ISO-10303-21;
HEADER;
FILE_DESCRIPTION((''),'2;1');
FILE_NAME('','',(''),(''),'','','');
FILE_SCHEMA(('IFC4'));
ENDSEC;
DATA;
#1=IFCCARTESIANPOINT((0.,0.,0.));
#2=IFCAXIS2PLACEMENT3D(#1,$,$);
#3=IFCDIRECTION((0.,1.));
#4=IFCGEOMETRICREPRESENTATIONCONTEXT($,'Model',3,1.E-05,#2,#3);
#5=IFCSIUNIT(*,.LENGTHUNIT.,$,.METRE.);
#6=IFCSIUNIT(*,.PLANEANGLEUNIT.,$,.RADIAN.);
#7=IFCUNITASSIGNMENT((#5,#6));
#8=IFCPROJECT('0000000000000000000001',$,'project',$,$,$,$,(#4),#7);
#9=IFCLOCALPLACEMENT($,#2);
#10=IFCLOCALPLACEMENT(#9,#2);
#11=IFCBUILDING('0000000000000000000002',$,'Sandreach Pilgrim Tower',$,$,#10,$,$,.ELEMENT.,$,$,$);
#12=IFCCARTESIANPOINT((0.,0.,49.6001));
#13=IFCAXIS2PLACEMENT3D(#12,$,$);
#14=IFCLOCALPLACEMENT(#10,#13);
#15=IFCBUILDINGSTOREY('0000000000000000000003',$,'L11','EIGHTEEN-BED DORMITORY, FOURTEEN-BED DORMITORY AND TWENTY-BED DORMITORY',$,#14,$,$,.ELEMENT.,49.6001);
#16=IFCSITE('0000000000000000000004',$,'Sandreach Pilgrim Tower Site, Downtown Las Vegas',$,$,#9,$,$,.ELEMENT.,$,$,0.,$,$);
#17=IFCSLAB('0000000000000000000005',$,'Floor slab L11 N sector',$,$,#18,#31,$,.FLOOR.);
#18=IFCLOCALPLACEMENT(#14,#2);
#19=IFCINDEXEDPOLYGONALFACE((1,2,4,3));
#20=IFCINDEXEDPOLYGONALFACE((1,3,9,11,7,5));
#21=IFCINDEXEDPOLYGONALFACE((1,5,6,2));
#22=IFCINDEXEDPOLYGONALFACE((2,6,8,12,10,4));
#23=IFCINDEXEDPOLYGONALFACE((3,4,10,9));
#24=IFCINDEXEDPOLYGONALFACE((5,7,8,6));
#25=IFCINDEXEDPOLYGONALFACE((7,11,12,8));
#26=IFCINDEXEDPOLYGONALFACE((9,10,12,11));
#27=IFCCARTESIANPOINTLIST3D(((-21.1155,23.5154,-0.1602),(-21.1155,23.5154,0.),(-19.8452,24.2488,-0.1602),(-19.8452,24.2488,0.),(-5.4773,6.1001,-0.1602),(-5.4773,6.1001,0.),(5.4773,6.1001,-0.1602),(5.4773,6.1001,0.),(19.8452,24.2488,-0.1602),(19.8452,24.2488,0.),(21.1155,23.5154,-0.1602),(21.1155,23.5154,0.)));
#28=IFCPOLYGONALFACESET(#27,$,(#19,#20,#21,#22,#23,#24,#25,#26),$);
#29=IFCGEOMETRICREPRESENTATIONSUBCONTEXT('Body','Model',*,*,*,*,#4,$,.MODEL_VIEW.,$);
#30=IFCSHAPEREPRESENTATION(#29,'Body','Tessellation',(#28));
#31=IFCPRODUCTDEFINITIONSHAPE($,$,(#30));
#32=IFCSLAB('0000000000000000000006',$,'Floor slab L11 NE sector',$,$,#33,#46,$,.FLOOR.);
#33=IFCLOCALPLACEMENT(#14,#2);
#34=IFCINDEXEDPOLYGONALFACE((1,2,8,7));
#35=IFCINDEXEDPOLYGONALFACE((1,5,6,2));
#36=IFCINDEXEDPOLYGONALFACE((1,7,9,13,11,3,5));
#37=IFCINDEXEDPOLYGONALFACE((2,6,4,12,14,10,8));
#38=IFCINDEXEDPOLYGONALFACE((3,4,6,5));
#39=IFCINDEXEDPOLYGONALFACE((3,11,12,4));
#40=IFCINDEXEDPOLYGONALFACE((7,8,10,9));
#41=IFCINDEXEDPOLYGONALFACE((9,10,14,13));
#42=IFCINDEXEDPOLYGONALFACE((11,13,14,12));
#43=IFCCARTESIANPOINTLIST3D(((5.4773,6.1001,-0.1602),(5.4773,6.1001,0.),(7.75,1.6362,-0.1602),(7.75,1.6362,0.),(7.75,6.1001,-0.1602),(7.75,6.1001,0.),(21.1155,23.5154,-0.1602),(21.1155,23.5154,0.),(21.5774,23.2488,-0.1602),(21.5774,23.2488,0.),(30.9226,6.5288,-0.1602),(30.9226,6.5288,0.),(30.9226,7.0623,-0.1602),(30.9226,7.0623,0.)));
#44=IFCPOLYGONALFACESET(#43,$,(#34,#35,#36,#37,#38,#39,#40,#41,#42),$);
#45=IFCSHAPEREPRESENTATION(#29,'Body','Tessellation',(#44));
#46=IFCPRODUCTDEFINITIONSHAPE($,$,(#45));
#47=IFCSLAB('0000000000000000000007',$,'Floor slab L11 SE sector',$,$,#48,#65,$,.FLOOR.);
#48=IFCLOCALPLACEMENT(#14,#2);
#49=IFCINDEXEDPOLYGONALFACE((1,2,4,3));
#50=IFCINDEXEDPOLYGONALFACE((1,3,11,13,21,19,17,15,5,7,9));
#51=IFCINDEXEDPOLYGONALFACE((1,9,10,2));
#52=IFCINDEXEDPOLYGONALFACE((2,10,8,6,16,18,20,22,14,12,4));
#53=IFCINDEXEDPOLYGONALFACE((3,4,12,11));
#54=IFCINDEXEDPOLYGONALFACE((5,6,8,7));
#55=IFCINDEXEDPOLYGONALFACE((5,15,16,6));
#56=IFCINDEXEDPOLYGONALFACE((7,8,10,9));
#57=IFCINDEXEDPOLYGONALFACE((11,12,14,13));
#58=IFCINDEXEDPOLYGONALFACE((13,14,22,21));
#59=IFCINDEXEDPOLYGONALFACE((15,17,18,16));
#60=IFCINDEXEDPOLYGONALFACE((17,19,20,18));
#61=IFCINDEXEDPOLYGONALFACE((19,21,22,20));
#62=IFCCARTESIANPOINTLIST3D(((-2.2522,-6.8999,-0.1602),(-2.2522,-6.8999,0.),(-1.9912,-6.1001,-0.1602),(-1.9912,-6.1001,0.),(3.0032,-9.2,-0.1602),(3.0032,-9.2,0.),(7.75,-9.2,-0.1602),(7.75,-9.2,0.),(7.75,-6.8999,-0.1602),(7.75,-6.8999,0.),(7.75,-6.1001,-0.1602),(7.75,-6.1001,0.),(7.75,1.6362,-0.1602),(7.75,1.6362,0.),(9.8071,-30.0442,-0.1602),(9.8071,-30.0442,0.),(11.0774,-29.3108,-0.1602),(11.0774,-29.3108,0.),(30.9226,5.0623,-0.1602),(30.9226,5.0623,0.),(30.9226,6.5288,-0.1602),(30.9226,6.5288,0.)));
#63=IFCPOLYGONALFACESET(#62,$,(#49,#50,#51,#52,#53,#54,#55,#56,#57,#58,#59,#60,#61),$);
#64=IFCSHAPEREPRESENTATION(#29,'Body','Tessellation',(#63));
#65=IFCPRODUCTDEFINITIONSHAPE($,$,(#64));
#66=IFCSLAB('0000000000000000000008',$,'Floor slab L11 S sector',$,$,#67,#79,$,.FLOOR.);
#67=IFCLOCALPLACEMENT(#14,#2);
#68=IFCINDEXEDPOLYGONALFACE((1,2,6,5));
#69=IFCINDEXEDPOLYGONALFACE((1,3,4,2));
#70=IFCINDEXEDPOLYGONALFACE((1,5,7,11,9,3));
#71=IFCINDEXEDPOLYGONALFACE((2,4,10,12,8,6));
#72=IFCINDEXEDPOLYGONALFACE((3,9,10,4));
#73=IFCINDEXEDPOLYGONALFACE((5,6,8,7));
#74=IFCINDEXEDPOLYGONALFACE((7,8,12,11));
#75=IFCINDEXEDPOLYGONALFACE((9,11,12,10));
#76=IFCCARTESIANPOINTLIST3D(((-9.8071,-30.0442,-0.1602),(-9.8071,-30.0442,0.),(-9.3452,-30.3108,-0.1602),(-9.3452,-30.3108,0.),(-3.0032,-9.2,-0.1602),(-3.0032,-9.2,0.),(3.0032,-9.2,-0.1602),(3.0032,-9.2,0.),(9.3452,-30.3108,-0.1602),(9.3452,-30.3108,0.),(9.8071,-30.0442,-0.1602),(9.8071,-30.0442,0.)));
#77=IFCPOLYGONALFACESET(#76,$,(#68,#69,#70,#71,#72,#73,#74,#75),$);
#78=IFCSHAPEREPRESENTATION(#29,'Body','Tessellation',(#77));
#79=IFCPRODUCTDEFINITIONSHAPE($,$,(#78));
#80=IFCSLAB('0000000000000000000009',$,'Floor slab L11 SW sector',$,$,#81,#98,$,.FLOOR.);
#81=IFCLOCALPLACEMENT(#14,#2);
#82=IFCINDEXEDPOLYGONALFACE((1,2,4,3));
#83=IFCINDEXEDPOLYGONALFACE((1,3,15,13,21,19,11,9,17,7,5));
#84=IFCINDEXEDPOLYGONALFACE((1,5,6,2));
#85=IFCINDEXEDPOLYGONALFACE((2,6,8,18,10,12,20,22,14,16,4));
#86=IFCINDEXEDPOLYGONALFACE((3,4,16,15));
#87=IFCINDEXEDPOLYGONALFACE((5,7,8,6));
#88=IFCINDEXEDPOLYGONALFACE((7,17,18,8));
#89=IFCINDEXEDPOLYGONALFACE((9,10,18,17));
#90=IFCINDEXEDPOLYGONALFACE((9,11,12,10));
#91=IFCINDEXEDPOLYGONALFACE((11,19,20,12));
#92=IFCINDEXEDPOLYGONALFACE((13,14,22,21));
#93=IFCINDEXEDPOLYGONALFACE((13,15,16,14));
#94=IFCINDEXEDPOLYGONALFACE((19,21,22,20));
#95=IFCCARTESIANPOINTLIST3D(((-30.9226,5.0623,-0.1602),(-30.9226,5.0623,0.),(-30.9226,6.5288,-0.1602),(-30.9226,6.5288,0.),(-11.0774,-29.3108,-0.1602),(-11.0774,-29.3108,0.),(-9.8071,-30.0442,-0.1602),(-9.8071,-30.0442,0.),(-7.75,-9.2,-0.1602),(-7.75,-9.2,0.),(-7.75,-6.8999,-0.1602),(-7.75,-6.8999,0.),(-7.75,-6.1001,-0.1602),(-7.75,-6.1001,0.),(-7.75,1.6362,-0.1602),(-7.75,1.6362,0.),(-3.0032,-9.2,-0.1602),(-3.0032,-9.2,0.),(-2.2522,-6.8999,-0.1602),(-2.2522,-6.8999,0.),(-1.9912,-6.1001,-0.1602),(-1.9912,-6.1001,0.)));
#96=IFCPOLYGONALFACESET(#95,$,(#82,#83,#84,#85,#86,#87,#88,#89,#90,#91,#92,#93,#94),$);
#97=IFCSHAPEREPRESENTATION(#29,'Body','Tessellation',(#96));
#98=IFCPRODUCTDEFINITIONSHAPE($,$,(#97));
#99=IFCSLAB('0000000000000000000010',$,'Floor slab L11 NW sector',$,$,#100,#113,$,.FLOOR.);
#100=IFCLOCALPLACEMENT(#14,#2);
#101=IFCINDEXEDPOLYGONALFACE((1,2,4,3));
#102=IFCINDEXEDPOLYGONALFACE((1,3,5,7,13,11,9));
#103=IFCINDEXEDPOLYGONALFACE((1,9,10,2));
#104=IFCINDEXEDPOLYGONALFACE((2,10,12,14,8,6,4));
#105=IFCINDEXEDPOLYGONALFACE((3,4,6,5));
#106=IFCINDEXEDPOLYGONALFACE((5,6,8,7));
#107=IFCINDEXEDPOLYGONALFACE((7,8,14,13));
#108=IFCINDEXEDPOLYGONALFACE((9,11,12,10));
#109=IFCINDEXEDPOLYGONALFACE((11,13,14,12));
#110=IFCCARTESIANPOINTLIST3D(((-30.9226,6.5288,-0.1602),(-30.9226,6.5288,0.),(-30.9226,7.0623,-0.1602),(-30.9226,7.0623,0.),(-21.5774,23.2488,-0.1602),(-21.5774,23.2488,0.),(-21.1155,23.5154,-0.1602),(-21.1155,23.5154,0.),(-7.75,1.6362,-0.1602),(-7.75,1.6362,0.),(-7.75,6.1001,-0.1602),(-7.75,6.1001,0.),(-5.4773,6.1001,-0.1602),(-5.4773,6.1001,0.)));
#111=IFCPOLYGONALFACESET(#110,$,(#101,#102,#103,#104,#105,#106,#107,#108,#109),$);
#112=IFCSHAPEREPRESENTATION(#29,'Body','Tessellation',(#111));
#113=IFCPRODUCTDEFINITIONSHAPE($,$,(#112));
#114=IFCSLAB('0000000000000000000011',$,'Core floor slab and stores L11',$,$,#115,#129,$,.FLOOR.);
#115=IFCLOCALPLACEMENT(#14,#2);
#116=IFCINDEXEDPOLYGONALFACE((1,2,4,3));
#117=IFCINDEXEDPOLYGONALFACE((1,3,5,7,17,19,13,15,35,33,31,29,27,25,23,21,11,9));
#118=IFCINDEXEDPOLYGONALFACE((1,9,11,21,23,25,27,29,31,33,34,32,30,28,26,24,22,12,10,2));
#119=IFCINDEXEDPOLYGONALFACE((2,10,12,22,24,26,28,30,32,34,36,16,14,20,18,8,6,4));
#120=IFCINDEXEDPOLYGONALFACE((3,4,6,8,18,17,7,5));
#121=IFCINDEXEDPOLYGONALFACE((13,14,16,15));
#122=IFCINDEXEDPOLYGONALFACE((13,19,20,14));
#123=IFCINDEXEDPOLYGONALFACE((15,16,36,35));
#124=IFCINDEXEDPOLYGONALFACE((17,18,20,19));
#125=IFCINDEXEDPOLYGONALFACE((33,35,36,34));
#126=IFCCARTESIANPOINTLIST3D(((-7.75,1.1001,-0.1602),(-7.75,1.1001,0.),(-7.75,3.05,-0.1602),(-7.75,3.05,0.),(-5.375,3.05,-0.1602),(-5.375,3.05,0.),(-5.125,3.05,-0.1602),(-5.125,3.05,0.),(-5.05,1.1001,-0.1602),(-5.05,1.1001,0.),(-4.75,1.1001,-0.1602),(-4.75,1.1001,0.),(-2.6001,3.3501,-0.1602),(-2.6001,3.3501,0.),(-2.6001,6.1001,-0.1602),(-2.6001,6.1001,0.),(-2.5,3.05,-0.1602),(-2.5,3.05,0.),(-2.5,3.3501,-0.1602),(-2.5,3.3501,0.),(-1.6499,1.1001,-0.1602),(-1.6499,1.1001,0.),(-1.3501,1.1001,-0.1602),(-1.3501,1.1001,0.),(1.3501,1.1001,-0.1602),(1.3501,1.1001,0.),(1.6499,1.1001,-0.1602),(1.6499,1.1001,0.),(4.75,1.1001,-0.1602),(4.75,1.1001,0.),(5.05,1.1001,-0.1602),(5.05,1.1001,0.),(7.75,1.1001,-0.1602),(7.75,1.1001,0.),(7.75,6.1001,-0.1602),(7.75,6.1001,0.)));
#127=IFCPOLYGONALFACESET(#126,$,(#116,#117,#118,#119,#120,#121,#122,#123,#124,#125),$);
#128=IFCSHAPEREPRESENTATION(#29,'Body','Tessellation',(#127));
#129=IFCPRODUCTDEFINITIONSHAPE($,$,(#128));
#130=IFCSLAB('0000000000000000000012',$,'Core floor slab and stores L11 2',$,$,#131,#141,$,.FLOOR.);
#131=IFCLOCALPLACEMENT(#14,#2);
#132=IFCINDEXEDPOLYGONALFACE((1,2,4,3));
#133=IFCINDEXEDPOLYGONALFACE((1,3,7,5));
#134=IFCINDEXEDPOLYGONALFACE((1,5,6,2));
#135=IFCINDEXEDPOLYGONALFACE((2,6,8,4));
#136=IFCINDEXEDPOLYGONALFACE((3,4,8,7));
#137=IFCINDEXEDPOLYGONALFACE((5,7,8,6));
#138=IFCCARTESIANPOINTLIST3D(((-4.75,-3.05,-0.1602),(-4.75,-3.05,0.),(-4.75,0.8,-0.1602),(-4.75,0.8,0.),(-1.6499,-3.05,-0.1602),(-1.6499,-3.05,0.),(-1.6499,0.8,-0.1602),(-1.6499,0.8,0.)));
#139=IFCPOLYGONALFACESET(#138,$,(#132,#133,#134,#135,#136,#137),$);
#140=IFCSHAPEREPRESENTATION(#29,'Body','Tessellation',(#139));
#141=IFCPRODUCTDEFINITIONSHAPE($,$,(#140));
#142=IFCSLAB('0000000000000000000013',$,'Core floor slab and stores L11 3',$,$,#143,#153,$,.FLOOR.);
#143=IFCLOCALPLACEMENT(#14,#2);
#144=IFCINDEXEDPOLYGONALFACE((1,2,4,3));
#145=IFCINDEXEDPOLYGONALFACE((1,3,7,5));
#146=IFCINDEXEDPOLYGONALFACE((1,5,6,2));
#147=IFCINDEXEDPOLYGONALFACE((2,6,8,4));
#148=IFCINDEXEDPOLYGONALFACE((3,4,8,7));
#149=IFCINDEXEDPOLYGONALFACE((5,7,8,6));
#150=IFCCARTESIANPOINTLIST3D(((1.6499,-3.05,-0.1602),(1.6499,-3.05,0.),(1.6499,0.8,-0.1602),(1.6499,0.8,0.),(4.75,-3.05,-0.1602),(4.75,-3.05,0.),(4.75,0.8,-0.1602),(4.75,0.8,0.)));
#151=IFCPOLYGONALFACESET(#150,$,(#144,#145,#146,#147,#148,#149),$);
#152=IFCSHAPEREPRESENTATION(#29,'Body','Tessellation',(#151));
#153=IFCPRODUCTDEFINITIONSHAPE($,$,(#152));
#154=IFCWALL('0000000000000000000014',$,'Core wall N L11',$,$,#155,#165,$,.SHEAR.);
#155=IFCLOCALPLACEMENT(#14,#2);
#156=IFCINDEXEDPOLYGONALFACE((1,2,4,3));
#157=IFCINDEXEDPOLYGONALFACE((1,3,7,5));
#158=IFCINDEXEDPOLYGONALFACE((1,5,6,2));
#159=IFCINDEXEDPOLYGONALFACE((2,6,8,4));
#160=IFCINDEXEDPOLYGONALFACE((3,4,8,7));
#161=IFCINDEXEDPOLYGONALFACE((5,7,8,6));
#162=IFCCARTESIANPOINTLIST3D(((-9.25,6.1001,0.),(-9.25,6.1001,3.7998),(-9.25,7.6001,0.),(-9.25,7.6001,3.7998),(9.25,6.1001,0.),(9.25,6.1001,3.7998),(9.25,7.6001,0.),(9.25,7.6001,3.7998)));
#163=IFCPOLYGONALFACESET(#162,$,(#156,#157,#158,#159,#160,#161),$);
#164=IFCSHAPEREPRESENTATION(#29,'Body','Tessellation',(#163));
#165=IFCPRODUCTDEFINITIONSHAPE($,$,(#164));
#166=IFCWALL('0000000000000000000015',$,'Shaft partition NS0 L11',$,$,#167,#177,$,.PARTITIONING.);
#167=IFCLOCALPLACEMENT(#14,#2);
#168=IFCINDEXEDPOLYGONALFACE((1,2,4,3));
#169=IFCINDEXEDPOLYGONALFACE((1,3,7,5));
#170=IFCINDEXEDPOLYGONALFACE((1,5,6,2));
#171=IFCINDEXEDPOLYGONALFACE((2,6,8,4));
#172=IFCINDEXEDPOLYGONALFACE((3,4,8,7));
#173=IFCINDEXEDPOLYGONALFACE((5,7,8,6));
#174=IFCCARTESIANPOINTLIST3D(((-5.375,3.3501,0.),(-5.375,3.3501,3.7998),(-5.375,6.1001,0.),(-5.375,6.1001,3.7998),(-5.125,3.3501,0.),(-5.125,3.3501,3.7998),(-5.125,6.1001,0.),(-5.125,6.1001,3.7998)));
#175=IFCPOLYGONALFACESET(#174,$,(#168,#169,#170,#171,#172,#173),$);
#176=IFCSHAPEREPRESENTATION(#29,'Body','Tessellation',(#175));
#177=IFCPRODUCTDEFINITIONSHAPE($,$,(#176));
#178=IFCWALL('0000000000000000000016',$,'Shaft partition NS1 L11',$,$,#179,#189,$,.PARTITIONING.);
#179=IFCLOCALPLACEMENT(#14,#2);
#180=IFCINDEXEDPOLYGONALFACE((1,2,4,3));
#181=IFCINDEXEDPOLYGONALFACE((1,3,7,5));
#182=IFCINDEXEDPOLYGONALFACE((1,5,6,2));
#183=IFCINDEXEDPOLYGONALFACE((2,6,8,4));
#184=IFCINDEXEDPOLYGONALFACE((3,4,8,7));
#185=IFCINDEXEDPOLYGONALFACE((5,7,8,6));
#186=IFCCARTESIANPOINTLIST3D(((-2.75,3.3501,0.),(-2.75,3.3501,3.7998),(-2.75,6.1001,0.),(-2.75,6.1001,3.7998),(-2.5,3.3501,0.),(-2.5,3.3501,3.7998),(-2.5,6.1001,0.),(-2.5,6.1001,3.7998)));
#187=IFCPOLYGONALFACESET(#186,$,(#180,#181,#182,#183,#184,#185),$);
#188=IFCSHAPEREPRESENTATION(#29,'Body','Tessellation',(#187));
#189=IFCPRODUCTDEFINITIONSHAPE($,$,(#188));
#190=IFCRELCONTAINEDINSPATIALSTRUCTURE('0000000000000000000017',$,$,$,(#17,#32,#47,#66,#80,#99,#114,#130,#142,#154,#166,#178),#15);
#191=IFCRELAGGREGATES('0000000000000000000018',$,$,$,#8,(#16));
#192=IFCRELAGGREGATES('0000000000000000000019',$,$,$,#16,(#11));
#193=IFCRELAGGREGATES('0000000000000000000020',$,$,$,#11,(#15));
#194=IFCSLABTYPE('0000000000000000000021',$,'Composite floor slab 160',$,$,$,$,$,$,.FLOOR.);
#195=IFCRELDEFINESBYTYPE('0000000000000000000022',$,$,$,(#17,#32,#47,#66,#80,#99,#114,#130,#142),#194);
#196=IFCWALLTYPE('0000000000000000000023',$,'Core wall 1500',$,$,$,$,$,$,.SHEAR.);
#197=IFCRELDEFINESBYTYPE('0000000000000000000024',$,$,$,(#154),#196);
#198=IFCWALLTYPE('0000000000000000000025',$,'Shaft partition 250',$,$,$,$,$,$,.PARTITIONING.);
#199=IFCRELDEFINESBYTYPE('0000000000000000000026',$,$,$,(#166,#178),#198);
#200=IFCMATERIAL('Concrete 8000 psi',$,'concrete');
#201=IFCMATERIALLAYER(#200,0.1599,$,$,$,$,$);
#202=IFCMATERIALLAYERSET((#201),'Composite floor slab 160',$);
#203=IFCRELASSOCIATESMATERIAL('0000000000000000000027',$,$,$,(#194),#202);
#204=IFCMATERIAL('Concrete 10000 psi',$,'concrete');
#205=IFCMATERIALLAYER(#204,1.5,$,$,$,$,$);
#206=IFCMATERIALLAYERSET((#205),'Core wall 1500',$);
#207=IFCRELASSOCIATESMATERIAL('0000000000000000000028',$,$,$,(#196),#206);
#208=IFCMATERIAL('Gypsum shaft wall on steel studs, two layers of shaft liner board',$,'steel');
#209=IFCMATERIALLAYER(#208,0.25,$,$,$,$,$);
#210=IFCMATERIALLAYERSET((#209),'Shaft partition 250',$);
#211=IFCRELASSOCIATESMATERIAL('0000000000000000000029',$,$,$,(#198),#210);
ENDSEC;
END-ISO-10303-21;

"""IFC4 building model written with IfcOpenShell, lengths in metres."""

from ifc_helpers import new_model, si_unit, direction, frame, frame_2d, origin, place, context, subcontext, project, spatial, polyline, rectangle, outline, extrude, material, layer, layer_set, type_object, element, save


model = new_model("IFC4")

# Units and contexts
model_context = context("Model", 3, precision=1e-05, world=origin(), true_north=direction((0.0, 1.0)))
body_context = subcontext(model_context, "Body", "Model", "MODEL_VIEW")
ifc_project = project(units=[si_unit("LENGTHUNIT", "METRE"), si_unit("PLANEANGLEUNIT", "RADIAN")], contexts=[model_context])

# Site, building, storey
site_placement = place(None, origin())
site = spatial("IfcSite", under=ifc_project, at=site_placement, Name="Sandreach Pilgrim Tower Site, Downtown Las Vegas", CompositionType="ELEMENT", RefElevation=0.0)
building_placement = place(site_placement, origin())
building = spatial("IfcBuilding", under=site, at=building_placement, Name="Sandreach Pilgrim Tower", CompositionType="ELEMENT")
storey_placement = place(building_placement, frame((0.0, 0.0, 49.6001)))
storey = spatial("IfcBuildingStorey", under=building, at=storey_placement, Name="L11", Description="EIGHTEEN-BED DORMITORY, FOURTEEN-BED DORMITORY AND TWENTY-BED DORMITORY", CompositionType="ELEMENT", Elevation=49.6001)

# Slabs
ifc_material_1 = material(Name="Concrete 8000 psi", Category="concrete")
ifc_layer_1 = layer(ifc_material_1, 0.1599)
ifc_layer_set_1 = layer_set([ifc_layer_1], Name="Composite floor slab 160")
slab_type = type_object("IfcSlabType", Name="Composite floor slab 160", PredefinedType="FLOOR", material=ifc_layer_set_1)
slab_1_placement = place(storey_placement, frame((0.0, 0.0, -0.1602)))
element("IfcSlab", 1, at=slab_1_placement, inside=storey, type_object=slab_type, Name="Floor slab L11 N sector", PredefinedType="FLOOR", context=body_context, shape_type="SweptSolid", body=[
    extrude(outline(polyline([(-19.8452, 24.2488), (19.8452, 24.2488), (21.1155, 23.5154), (5.4773, 6.1001), (-5.4773, 6.1001), (-21.1155, 23.5154), (-19.8452, 24.2488)])), origin(), (0.0, 0.0, 1.0), 0.1602),
])
slab_2_placement = place(storey_placement, frame((0.0, 0.0, -0.1602)))
element("IfcSlab", 2, at=slab_2_placement, inside=storey, type_object=slab_type, Name="Floor slab L11 NE sector", PredefinedType="FLOOR", context=body_context, shape_type="SweptSolid", body=[
    extrude(outline(polyline([(21.5774, 23.2488), (30.9226, 7.0623), (30.9226, 6.5288), (7.75, 1.6362), (7.75, 6.1001), (5.4773, 6.1001), (21.1155, 23.5154), (21.5774, 23.2488)])), origin(), (0.0, 0.0, 1.0), 0.1602),
])
slab_3_placement = place(storey_placement, frame((0.0, 0.0, -0.1602)))
element("IfcSlab", 3, at=slab_3_placement, inside=storey, type_object=slab_type, Name="Floor slab L11 SE sector", PredefinedType="FLOOR", context=body_context, shape_type="SweptSolid", body=[
    extrude(outline(polyline([(11.0774, -29.3108), (9.8071, -30.0442), (3.0032, -9.2), (7.75, -9.2), (7.75, -6.8999), (-2.2522, -6.8999), (-1.9912, -6.1001), (7.75, -6.1001), (7.75, 1.6362), (30.9226, 6.5288), (30.9226, 5.0623), (11.0774, -29.3108)])), origin(), (0.0, 0.0, 1.0), 0.1602),
])
slab_4_placement = place(storey_placement, frame((0.0, 0.0, -0.1602)))
element("IfcSlab", 4, at=slab_4_placement, inside=storey, type_object=slab_type, Name="Floor slab L11 S sector", PredefinedType="FLOOR", context=body_context, shape_type="SweptSolid", body=[
    extrude(outline(polyline([(9.3452, -30.3108), (-9.3452, -30.3108), (-9.8071, -30.0442), (-3.0032, -9.2), (3.0032, -9.2), (9.8071, -30.0442), (9.3452, -30.3108)])), origin(), (0.0, 0.0, 1.0), 0.1602),
])
slab_5_placement = place(storey_placement, frame((0.0, 0.0, -0.1602)))
element("IfcSlab", 5, at=slab_5_placement, inside=storey, type_object=slab_type, Name="Floor slab L11 SW sector", PredefinedType="FLOOR", context=body_context, shape_type="SweptSolid", body=[
    extrude(outline(polyline([(-11.0774, -29.3108), (-30.9226, 5.0623), (-30.9226, 6.5288), (-7.75, 1.6362), (-7.75, -6.1001), (-1.9912, -6.1001), (-2.2522, -6.8999), (-7.75, -6.8999), (-7.75, -9.2), (-3.0032, -9.2), (-9.8071, -30.0442), (-11.0774, -29.3108)])), origin(), (0.0, 0.0, 1.0), 0.1602),
])
slab_6_placement = place(storey_placement, frame((0.0, 0.0, -0.1602)))
element("IfcSlab", 6, at=slab_6_placement, inside=storey, type_object=slab_type, Name="Floor slab L11 NW sector", PredefinedType="FLOOR", context=body_context, shape_type="SweptSolid", body=[
    extrude(outline(polyline([(-30.9226, 7.0623), (-21.5774, 23.2488), (-21.1155, 23.5154), (-5.4773, 6.1001), (-7.75, 6.1001), (-7.75, 1.6362), (-30.9226, 6.5288), (-30.9226, 7.0623)])), origin(), (0.0, 0.0, 1.0), 0.1602),
])
slab_7_placement = place(storey_placement, frame((0.0, 0.0, -0.1602)))
element("IfcSlab", 7, at=slab_7_placement, inside=storey, type_object=slab_type, Name="Core floor slab and stores L11", PredefinedType="FLOOR", context=body_context, shape_type="SweptSolid", body=[
    extrude(outline(polyline([(-7.75, 3.05), (-5.375, 3.05), (-5.125, 3.05), (-2.5, 3.05), (-2.5, 3.3501), (-2.6001, 3.3501), (-2.6001, 6.1001), (7.75, 6.1001), (7.75, 1.1001), (5.05, 1.1001), (4.75, 1.1001), (1.6499, 1.1001), (1.3501, 1.1001), (-1.3501, 1.1001), (-1.6499, 1.1001), (-4.75, 1.1001), (-5.05, 1.1001), (-7.75, 1.1001), (-7.75, 3.05)])), origin(), (0.0, 0.0, 1.0), 0.1602),
])
slab_8_placement = place(storey_placement, frame((0.0, 0.0, -0.1602)))
element("IfcSlab", 8, at=slab_8_placement, inside=storey, type_object=slab_type, Name="Core floor slab and stores L11 2", PredefinedType="FLOOR", context=body_context, shape_type="SweptSolid", body=[
    extrude(outline(polyline([(-1.6499, -3.05), (-4.75, -3.05), (-4.75, 0.8), (-1.6499, 0.8), (-1.6499, -3.05)])), origin(), (0.0, 0.0, 1.0), 0.1602),
])
slab_9_placement = place(storey_placement, frame((0.0, 0.0, -0.1602)))
element("IfcSlab", 9, at=slab_9_placement, inside=storey, type_object=slab_type, Name="Core floor slab and stores L11 3", PredefinedType="FLOOR", context=body_context, shape_type="SweptSolid", body=[
    extrude(outline(polyline([(4.75, -3.05), (1.6499, -3.05), (1.6499, 0.8), (4.75, 0.8), (4.75, -3.05)])), origin(), (0.0, 0.0, 1.0), 0.1602),
])

# Walls
ifc_material_2 = material(Name="Concrete 10000 psi", Category="concrete")
ifc_layer_2 = layer(ifc_material_2, 1.5)
ifc_layer_set_2 = layer_set([ifc_layer_2], Name="Core wall 1500")
wall_type_1 = type_object("IfcWallType", Name="Core wall 1500", PredefinedType="SHEAR", material=ifc_layer_set_2)
wall_1_placement = place(storey_placement, frame((-9.25, 6.8501, 0.0), z_axis=(0.0, 0.0, 1.0), x_axis=(1.0, 0.0, 0.0)))
element("IfcWall", 10, at=wall_1_placement, inside=storey, type_object=wall_type_1, Name="Core wall N L11", PredefinedType="SHEAR", context=body_context, shape_type="SweptSolid", body=[
    extrude(rectangle(XDim=18.5, YDim=1.5, at=frame_2d((9.25, 0.0))), origin(), (0.0, 0.0, 1.0), 3.7998),
])
ifc_material_3 = material(Name="Gypsum shaft wall on steel studs, two layers of shaft liner board", Category="steel")
ifc_layer_3 = layer(ifc_material_3, 0.25)
ifc_layer_set_3 = layer_set([ifc_layer_3], Name="Shaft partition 250")
wall_type_2 = type_object("IfcWallType", Name="Shaft partition 250", PredefinedType="PARTITIONING", material=ifc_layer_set_3)
for number, where, z_axis, x_axis, name in (
    (11, (-5.25, 3.3501, 0.0), (0.0, 0.0, 1.0), (0.0, 1.0, 0.0), "Shaft partition NS0 L11"),
    (12, (-2.625, 3.3501, 0.0), (0.0, 0.0, 1.0), (0.0, 1.0, 0.0), "Shaft partition NS1 L11"),
):
    element("IfcWall", number, at=place(storey_placement, frame(where, z_axis=z_axis, x_axis=x_axis)), inside=storey, type_object=wall_type_2, Name=name, PredefinedType="PARTITIONING", context=body_context, shape_type="SweptSolid", body=[
        extrude(rectangle(XDim=2.75, YDim=0.25, at=frame_2d((1.375, 0.0))), origin(), (0.0, 0.0, 1.0), 3.7998),
    ])

save(model, "model.ifc")
